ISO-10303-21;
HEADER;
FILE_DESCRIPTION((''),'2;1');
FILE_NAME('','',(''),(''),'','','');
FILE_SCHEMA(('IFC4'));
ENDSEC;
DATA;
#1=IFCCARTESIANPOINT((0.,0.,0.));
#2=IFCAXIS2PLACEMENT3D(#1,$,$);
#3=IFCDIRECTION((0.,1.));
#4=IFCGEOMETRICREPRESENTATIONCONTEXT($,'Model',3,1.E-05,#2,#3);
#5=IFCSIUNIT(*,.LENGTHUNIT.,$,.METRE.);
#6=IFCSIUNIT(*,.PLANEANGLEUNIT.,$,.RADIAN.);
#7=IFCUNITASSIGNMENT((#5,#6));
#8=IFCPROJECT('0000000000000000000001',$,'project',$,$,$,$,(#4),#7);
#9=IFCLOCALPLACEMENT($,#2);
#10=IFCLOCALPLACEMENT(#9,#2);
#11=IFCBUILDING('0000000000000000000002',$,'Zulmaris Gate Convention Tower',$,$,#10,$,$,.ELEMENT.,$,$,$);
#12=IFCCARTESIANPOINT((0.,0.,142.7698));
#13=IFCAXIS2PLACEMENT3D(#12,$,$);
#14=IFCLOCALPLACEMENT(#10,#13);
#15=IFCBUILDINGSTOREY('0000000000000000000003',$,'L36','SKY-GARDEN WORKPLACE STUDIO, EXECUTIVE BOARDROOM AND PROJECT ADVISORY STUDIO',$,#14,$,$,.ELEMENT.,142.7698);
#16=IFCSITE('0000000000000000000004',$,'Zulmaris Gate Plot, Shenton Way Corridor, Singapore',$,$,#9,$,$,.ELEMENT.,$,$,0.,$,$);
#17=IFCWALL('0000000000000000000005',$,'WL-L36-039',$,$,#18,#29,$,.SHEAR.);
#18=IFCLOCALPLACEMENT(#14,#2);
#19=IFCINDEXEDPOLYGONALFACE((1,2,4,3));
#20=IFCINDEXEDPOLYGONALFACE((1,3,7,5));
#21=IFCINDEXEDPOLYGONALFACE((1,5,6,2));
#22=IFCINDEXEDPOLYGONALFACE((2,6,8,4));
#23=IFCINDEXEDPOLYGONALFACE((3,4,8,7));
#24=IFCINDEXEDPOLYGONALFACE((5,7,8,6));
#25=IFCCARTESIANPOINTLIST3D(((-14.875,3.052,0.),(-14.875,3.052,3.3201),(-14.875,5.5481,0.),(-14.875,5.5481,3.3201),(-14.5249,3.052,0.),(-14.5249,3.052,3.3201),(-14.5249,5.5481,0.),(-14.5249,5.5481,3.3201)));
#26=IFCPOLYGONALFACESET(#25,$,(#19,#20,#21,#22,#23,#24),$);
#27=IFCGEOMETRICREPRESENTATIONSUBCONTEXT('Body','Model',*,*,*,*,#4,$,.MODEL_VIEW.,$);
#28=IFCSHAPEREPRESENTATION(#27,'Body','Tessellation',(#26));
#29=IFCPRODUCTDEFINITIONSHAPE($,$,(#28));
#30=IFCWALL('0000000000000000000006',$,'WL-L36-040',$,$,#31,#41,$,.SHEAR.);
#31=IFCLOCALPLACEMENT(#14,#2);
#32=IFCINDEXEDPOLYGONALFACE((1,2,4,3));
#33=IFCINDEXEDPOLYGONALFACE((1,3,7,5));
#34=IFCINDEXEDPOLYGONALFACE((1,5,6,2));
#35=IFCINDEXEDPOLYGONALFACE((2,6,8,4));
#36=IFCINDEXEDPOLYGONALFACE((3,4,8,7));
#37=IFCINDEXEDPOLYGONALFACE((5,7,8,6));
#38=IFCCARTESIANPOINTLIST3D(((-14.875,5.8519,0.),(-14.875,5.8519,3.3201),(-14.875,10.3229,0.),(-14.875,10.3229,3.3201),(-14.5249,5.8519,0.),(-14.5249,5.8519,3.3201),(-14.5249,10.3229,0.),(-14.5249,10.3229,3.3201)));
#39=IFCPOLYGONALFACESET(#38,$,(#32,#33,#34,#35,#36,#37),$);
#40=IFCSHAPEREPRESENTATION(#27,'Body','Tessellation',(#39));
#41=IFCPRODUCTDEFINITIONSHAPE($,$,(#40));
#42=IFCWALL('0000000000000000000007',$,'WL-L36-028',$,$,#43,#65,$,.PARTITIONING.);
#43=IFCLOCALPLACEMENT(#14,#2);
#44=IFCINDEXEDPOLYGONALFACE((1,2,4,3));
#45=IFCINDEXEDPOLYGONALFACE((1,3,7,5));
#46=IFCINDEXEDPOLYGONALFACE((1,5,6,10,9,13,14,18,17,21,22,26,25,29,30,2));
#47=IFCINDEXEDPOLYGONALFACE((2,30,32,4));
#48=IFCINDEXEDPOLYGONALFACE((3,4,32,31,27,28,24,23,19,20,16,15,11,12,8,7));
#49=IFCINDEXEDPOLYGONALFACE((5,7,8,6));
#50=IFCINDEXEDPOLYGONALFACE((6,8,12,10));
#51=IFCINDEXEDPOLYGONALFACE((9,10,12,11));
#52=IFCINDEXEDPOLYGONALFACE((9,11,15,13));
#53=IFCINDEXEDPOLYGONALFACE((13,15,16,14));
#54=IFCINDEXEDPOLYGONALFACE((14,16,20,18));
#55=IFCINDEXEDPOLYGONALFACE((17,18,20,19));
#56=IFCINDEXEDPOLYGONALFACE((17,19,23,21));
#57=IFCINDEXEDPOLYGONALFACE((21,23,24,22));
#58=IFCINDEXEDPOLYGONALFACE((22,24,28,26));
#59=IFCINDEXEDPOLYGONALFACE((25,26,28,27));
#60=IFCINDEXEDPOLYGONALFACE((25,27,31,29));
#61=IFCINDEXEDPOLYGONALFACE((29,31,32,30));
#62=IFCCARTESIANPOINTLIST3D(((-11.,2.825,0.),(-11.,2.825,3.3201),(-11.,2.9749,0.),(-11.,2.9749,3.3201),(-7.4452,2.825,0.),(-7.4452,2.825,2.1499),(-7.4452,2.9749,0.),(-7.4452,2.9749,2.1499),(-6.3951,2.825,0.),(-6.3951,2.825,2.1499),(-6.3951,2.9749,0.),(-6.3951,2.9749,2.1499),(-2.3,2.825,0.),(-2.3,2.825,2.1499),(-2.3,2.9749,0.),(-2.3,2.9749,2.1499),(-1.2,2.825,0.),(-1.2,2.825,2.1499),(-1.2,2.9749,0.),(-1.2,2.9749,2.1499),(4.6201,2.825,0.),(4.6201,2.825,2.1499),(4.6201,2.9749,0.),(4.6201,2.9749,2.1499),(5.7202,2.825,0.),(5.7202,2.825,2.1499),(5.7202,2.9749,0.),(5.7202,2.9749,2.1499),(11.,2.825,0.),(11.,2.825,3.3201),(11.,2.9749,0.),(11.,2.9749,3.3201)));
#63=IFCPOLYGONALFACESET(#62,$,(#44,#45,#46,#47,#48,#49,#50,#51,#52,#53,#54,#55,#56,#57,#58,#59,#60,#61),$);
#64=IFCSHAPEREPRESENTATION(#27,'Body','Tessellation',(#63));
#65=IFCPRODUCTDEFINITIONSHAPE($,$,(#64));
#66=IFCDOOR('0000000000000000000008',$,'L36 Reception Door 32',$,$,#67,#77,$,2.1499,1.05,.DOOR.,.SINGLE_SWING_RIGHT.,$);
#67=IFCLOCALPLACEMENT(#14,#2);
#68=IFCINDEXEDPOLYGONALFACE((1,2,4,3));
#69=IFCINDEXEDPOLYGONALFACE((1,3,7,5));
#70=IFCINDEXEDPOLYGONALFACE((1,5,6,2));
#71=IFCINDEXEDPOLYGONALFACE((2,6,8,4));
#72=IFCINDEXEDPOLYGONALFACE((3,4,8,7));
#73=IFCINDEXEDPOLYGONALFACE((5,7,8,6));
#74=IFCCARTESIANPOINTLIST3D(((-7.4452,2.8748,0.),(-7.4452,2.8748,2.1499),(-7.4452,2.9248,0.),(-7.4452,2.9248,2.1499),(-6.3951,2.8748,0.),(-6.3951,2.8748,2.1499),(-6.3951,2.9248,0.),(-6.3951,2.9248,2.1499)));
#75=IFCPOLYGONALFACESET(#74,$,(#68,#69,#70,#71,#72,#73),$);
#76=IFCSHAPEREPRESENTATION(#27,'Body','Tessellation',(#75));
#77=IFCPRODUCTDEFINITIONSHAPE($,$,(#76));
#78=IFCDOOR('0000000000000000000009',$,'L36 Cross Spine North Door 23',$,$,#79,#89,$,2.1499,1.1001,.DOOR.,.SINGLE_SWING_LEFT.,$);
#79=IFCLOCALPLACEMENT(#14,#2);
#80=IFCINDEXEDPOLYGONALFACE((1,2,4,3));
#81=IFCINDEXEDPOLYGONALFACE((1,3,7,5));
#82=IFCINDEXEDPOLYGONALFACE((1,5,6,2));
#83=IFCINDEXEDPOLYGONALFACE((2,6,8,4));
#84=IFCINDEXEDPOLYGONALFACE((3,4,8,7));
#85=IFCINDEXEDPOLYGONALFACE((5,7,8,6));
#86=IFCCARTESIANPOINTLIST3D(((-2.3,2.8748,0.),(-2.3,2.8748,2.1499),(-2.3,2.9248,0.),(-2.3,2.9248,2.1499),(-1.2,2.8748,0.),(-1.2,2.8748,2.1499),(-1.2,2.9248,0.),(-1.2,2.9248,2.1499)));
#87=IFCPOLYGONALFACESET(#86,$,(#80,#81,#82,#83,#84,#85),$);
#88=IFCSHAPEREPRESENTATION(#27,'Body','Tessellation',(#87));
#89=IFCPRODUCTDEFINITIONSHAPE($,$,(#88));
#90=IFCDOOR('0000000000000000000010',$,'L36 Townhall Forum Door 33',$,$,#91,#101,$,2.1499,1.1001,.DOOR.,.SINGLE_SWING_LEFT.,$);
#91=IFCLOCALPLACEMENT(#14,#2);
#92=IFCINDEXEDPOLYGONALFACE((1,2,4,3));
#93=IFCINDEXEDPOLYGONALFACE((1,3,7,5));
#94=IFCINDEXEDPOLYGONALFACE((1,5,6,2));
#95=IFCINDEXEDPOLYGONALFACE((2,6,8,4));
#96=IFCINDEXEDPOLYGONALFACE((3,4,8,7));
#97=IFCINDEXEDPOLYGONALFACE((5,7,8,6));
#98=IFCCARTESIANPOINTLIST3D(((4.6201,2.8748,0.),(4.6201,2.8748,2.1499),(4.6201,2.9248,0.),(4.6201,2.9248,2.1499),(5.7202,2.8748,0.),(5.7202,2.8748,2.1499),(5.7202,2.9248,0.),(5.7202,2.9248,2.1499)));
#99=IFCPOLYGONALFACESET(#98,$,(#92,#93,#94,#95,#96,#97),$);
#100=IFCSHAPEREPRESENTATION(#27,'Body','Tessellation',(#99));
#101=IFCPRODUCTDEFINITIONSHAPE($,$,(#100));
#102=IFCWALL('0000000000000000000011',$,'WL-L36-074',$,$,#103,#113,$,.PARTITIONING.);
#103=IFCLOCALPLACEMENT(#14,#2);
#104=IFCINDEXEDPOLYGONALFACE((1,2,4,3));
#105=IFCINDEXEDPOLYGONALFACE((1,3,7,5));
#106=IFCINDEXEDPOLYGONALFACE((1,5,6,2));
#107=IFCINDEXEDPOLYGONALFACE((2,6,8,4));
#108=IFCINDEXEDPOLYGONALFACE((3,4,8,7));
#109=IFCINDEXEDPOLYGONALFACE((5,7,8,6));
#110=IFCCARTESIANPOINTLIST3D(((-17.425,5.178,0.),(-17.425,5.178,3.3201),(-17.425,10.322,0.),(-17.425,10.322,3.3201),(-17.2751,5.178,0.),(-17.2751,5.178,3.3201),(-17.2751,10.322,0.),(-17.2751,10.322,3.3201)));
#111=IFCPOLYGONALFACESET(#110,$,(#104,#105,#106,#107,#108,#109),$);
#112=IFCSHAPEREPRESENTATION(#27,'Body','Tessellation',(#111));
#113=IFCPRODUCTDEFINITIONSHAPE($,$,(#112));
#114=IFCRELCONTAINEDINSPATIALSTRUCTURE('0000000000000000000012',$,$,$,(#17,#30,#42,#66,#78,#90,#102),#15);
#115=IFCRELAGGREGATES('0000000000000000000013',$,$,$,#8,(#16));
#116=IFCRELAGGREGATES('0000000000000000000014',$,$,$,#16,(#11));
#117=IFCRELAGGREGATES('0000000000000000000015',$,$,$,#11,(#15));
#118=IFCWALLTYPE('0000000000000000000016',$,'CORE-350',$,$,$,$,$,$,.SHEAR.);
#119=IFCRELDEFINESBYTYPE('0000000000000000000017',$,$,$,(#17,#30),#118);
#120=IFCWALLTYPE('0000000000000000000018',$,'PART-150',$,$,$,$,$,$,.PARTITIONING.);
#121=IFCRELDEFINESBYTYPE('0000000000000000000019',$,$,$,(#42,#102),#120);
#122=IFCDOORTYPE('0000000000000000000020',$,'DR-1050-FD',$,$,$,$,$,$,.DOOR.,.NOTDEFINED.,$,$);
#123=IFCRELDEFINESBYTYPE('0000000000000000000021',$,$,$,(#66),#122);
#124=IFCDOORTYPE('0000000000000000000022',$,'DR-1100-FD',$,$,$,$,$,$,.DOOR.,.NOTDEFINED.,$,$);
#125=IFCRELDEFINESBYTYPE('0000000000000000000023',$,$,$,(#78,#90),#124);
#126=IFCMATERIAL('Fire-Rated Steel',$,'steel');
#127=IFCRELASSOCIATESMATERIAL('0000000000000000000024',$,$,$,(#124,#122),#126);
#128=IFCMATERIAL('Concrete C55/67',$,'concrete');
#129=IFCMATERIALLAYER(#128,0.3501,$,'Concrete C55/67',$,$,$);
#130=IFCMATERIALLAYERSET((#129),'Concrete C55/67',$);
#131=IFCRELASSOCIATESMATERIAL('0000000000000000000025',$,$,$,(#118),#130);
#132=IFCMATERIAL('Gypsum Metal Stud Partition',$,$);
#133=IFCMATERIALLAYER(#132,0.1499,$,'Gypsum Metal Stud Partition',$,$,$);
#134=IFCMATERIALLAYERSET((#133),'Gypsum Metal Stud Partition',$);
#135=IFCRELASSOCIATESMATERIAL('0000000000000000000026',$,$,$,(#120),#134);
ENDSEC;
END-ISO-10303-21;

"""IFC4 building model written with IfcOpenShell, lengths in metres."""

from ifc_helpers import new_model, si_unit, direction, frame, frame_2d, origin, place, context, subcontext, project, spatial, rectangle, extrude, material, layer, layer_set, type_object, element, fill, save


model = new_model("IFC4")

# Units and contexts
model_context = context("Model", 3, precision=1e-05, world=origin(), true_north=direction((0.0, 1.0)))
body_context = subcontext(model_context, "Body", "Model", "MODEL_VIEW")
ifc_project = project(units=[si_unit("LENGTHUNIT", "METRE"), si_unit("PLANEANGLEUNIT", "RADIAN")], contexts=[model_context])

# Site, building, storey
site_placement = place(None, origin())
site = spatial("IfcSite", under=ifc_project, at=site_placement, Name="Zulmaris Gate Plot, Shenton Way Corridor, Singapore", CompositionType="ELEMENT", RefElevation=0.0)
building_placement = place(site_placement, origin())
building = spatial("IfcBuilding", under=site, at=building_placement, Name="Zulmaris Gate Convention Tower", CompositionType="ELEMENT")
storey_placement = place(building_placement, frame((0.0, 0.0, 142.7698)))
storey = spatial("IfcBuildingStorey", under=building, at=storey_placement, Name="L36", Description="SKY-GARDEN WORKPLACE STUDIO, EXECUTIVE BOARDROOM AND PROJECT ADVISORY STUDIO", CompositionType="ELEMENT", Elevation=142.7698)

# Shared definitions
ifc_material_1 = material(Name="Fire-Rated Steel", Category="steel")
door_type_1 = type_object("IfcDoorType", Name="DR-1100-FD", OperationType="NOTDEFINED", PredefinedType="DOOR", material=ifc_material_1)

# Walls
ifc_material_2 = material(Name="Concrete C55/67", Category="concrete")
ifc_layer_1 = layer(ifc_material_2, 0.3501, Name="Concrete C55/67")
ifc_layer_set_1 = layer_set([ifc_layer_1], Name="Concrete C55/67")
wall_type_1 = type_object("IfcWallType", Name="CORE-350", PredefinedType="SHEAR", material=ifc_layer_set_1)
wall_1_placement = place(storey_placement, frame((-14.7, 3.052, 0.0), z_axis=(0.0, 0.0, 1.0), x_axis=(0.0, 1.0, 0.0)))
element("IfcWall", 1, at=wall_1_placement, inside=storey, type_object=wall_type_1, Name="WL-L36-039", PredefinedType="SHEAR", context=body_context, shape_type="SweptSolid", body=[
    extrude(rectangle(XDim=2.4961, YDim=0.3501, at=frame_2d((1.248, 0.0))), origin(), (0.0, 0.0, 1.0), 3.3201),
])
wall_2_placement = place(storey_placement, frame((-14.7, 5.8521, 0.0), z_axis=(0.0, 0.0, 1.0), x_axis=(0.0, 1.0, 0.0)))
element("IfcWall", 2, at=wall_2_placement, inside=storey, type_object=wall_type_1, Name="WL-L36-040", PredefinedType="SHEAR", context=body_context, shape_type="SweptSolid", body=[
    extrude(rectangle(XDim=4.4709, YDim=0.3501, at=frame_2d((2.2354, 0.0))), origin(), (0.0, 0.0, 1.0), 3.3201),
])

# Wall, openings, doors
ifc_material_3 = material(Name="Gypsum Metal Stud Partition")
ifc_layer_2 = layer(ifc_material_3, 0.1499, Name="Gypsum Metal Stud Partition")
ifc_layer_set_2 = layer_set([ifc_layer_2], Name="Gypsum Metal Stud Partition")
wall_type_2 = type_object("IfcWallType", Name="PART-150", PredefinedType="PARTITIONING", material=ifc_layer_set_2)
wall_3_placement = place(storey_placement, frame((-11.0, 2.8999, 0.0), z_axis=(0.0, 0.0, 1.0), x_axis=(1.0, 0.0, 0.0)))
wall_3 = element("IfcWall", 3, at=wall_3_placement, inside=storey, type_object=wall_type_2, Name="WL-L36-028", PredefinedType="PARTITIONING", context=body_context, shape_type="SweptSolid", body=[
    extrude(rectangle(XDim=22.0, YDim=0.1499, at=frame_2d((11.0, 0.0))), origin(), (0.0, 0.0, 1.0), 3.3201),
])
opening_1_placement = place(wall_3_placement, frame((8.7, 0.0, 0.0)))
opening_1 = element("IfcOpeningElement", 4, at=opening_1_placement, cuts=wall_3, PredefinedType="OPENING", context=body_context, shape_type="SweptSolid", body=[
    extrude(rectangle(XDim=1.1001, YDim=2.1499, at=frame_2d((0.55, 1.075))), frame((0.0, 0.085, 0.0), z_axis=(0.0, -1.0, 0.0), x_axis=(1.0, 0.0, 0.0)), (0.0, 0.0, 1.0), 0.1699),
])
opening_2_placement = place(wall_3_placement, frame((3.5549, 0.0, 0.0)))
opening_2 = element("IfcOpeningElement", 5, at=opening_2_placement, cuts=wall_3, PredefinedType="OPENING", context=body_context, shape_type="SweptSolid", body=[
    extrude(rectangle(XDim=1.05, YDim=2.1499, at=frame_2d((0.5249, 1.075))), frame((0.0, 0.085, 0.0), z_axis=(0.0, -1.0, 0.0), x_axis=(1.0, 0.0, 0.0)), (0.0, 0.0, 1.0), 0.1699),
])
opening_3_placement = place(wall_3_placement, frame((15.6201, 0.0, 0.0)))
opening_3 = element("IfcOpeningElement", 6, at=opening_3_placement, cuts=wall_3, PredefinedType="OPENING", context=body_context, shape_type="SweptSolid", body=[
    extrude(rectangle(XDim=1.1001, YDim=2.1499, at=frame_2d((0.55, 1.075))), frame((0.0, 0.085, 0.0), z_axis=(0.0, -1.0, 0.0), x_axis=(1.0, 0.0, 0.0)), (0.0, 0.0, 1.0), 0.1699),
])
door_type_2 = type_object("IfcDoorType", Name="DR-1050-FD", OperationType="NOTDEFINED", PredefinedType="DOOR", material=ifc_material_1)
door_1_placement = place(opening_2_placement, origin())
door_1 = element("IfcDoor", 7, at=door_1_placement, inside=storey, type_object=door_type_2, Name="L36 Reception Door 32", OperationType="SINGLE_SWING_RIGHT", OverallHeight=2.1499, OverallWidth=1.05, PredefinedType="DOOR", context=body_context, shape_type="SweptSolid", body=[
    extrude(rectangle(XDim=1.05, YDim=2.1499, at=frame_2d((0.5249, 1.075))), frame((0.0, 0.0249, 0.0), z_axis=(0.0, -1.0, 0.0), x_axis=(1.0, 0.0, 0.0)), (0.0, 0.0, 1.0), 0.05),
])
fill(opening_2, door_1)
door_2_placement = place(opening_1_placement, origin())
door_2 = element("IfcDoor", 8, at=door_2_placement, inside=storey, type_object=door_type_1, Name="L36 Cross Spine North Door 23", OperationType="SINGLE_SWING_LEFT", OverallHeight=2.1499, OverallWidth=1.1001, PredefinedType="DOOR", context=body_context, shape_type="SweptSolid", body=[
    extrude(rectangle(XDim=1.1001, YDim=2.1499, at=frame_2d((0.55, 1.075))), frame((0.0, 0.0249, 0.0), z_axis=(0.0, -1.0, 0.0), x_axis=(1.0, 0.0, 0.0)), (0.0, 0.0, 1.0), 0.05),
])
fill(opening_1, door_2)
door_3_placement = place(opening_3_placement, origin())
door_3 = element("IfcDoor", 9, at=door_3_placement, inside=storey, type_object=door_type_1, Name="L36 Townhall Forum Door 33", OperationType="SINGLE_SWING_LEFT", OverallHeight=2.1499, OverallWidth=1.1001, PredefinedType="DOOR", context=body_context, shape_type="SweptSolid", body=[
    extrude(rectangle(XDim=1.1001, YDim=2.1499, at=frame_2d((0.55, 1.075))), frame((0.0, 0.0249, 0.0), z_axis=(0.0, -1.0, 0.0), x_axis=(1.0, 0.0, 0.0)), (0.0, 0.0, 1.0), 0.05),
])
fill(opening_3, door_3)

# Wall
wall_4_placement = place(storey_placement, frame((-17.3501, 5.178, 0.0), z_axis=(0.0, 0.0, 1.0), x_axis=(0.0, 1.0, 0.0)))
element("IfcWall", 10, at=wall_4_placement, inside=storey, type_object=wall_type_2, Name="WL-L36-074", PredefinedType="PARTITIONING", context=body_context, shape_type="SweptSolid", body=[
    extrude(rectangle(XDim=5.144, YDim=0.1499, at=frame_2d((2.572, 0.0))), origin(), (0.0, 0.0, 1.0), 3.3201),
])

save(model, "model.ifc")
